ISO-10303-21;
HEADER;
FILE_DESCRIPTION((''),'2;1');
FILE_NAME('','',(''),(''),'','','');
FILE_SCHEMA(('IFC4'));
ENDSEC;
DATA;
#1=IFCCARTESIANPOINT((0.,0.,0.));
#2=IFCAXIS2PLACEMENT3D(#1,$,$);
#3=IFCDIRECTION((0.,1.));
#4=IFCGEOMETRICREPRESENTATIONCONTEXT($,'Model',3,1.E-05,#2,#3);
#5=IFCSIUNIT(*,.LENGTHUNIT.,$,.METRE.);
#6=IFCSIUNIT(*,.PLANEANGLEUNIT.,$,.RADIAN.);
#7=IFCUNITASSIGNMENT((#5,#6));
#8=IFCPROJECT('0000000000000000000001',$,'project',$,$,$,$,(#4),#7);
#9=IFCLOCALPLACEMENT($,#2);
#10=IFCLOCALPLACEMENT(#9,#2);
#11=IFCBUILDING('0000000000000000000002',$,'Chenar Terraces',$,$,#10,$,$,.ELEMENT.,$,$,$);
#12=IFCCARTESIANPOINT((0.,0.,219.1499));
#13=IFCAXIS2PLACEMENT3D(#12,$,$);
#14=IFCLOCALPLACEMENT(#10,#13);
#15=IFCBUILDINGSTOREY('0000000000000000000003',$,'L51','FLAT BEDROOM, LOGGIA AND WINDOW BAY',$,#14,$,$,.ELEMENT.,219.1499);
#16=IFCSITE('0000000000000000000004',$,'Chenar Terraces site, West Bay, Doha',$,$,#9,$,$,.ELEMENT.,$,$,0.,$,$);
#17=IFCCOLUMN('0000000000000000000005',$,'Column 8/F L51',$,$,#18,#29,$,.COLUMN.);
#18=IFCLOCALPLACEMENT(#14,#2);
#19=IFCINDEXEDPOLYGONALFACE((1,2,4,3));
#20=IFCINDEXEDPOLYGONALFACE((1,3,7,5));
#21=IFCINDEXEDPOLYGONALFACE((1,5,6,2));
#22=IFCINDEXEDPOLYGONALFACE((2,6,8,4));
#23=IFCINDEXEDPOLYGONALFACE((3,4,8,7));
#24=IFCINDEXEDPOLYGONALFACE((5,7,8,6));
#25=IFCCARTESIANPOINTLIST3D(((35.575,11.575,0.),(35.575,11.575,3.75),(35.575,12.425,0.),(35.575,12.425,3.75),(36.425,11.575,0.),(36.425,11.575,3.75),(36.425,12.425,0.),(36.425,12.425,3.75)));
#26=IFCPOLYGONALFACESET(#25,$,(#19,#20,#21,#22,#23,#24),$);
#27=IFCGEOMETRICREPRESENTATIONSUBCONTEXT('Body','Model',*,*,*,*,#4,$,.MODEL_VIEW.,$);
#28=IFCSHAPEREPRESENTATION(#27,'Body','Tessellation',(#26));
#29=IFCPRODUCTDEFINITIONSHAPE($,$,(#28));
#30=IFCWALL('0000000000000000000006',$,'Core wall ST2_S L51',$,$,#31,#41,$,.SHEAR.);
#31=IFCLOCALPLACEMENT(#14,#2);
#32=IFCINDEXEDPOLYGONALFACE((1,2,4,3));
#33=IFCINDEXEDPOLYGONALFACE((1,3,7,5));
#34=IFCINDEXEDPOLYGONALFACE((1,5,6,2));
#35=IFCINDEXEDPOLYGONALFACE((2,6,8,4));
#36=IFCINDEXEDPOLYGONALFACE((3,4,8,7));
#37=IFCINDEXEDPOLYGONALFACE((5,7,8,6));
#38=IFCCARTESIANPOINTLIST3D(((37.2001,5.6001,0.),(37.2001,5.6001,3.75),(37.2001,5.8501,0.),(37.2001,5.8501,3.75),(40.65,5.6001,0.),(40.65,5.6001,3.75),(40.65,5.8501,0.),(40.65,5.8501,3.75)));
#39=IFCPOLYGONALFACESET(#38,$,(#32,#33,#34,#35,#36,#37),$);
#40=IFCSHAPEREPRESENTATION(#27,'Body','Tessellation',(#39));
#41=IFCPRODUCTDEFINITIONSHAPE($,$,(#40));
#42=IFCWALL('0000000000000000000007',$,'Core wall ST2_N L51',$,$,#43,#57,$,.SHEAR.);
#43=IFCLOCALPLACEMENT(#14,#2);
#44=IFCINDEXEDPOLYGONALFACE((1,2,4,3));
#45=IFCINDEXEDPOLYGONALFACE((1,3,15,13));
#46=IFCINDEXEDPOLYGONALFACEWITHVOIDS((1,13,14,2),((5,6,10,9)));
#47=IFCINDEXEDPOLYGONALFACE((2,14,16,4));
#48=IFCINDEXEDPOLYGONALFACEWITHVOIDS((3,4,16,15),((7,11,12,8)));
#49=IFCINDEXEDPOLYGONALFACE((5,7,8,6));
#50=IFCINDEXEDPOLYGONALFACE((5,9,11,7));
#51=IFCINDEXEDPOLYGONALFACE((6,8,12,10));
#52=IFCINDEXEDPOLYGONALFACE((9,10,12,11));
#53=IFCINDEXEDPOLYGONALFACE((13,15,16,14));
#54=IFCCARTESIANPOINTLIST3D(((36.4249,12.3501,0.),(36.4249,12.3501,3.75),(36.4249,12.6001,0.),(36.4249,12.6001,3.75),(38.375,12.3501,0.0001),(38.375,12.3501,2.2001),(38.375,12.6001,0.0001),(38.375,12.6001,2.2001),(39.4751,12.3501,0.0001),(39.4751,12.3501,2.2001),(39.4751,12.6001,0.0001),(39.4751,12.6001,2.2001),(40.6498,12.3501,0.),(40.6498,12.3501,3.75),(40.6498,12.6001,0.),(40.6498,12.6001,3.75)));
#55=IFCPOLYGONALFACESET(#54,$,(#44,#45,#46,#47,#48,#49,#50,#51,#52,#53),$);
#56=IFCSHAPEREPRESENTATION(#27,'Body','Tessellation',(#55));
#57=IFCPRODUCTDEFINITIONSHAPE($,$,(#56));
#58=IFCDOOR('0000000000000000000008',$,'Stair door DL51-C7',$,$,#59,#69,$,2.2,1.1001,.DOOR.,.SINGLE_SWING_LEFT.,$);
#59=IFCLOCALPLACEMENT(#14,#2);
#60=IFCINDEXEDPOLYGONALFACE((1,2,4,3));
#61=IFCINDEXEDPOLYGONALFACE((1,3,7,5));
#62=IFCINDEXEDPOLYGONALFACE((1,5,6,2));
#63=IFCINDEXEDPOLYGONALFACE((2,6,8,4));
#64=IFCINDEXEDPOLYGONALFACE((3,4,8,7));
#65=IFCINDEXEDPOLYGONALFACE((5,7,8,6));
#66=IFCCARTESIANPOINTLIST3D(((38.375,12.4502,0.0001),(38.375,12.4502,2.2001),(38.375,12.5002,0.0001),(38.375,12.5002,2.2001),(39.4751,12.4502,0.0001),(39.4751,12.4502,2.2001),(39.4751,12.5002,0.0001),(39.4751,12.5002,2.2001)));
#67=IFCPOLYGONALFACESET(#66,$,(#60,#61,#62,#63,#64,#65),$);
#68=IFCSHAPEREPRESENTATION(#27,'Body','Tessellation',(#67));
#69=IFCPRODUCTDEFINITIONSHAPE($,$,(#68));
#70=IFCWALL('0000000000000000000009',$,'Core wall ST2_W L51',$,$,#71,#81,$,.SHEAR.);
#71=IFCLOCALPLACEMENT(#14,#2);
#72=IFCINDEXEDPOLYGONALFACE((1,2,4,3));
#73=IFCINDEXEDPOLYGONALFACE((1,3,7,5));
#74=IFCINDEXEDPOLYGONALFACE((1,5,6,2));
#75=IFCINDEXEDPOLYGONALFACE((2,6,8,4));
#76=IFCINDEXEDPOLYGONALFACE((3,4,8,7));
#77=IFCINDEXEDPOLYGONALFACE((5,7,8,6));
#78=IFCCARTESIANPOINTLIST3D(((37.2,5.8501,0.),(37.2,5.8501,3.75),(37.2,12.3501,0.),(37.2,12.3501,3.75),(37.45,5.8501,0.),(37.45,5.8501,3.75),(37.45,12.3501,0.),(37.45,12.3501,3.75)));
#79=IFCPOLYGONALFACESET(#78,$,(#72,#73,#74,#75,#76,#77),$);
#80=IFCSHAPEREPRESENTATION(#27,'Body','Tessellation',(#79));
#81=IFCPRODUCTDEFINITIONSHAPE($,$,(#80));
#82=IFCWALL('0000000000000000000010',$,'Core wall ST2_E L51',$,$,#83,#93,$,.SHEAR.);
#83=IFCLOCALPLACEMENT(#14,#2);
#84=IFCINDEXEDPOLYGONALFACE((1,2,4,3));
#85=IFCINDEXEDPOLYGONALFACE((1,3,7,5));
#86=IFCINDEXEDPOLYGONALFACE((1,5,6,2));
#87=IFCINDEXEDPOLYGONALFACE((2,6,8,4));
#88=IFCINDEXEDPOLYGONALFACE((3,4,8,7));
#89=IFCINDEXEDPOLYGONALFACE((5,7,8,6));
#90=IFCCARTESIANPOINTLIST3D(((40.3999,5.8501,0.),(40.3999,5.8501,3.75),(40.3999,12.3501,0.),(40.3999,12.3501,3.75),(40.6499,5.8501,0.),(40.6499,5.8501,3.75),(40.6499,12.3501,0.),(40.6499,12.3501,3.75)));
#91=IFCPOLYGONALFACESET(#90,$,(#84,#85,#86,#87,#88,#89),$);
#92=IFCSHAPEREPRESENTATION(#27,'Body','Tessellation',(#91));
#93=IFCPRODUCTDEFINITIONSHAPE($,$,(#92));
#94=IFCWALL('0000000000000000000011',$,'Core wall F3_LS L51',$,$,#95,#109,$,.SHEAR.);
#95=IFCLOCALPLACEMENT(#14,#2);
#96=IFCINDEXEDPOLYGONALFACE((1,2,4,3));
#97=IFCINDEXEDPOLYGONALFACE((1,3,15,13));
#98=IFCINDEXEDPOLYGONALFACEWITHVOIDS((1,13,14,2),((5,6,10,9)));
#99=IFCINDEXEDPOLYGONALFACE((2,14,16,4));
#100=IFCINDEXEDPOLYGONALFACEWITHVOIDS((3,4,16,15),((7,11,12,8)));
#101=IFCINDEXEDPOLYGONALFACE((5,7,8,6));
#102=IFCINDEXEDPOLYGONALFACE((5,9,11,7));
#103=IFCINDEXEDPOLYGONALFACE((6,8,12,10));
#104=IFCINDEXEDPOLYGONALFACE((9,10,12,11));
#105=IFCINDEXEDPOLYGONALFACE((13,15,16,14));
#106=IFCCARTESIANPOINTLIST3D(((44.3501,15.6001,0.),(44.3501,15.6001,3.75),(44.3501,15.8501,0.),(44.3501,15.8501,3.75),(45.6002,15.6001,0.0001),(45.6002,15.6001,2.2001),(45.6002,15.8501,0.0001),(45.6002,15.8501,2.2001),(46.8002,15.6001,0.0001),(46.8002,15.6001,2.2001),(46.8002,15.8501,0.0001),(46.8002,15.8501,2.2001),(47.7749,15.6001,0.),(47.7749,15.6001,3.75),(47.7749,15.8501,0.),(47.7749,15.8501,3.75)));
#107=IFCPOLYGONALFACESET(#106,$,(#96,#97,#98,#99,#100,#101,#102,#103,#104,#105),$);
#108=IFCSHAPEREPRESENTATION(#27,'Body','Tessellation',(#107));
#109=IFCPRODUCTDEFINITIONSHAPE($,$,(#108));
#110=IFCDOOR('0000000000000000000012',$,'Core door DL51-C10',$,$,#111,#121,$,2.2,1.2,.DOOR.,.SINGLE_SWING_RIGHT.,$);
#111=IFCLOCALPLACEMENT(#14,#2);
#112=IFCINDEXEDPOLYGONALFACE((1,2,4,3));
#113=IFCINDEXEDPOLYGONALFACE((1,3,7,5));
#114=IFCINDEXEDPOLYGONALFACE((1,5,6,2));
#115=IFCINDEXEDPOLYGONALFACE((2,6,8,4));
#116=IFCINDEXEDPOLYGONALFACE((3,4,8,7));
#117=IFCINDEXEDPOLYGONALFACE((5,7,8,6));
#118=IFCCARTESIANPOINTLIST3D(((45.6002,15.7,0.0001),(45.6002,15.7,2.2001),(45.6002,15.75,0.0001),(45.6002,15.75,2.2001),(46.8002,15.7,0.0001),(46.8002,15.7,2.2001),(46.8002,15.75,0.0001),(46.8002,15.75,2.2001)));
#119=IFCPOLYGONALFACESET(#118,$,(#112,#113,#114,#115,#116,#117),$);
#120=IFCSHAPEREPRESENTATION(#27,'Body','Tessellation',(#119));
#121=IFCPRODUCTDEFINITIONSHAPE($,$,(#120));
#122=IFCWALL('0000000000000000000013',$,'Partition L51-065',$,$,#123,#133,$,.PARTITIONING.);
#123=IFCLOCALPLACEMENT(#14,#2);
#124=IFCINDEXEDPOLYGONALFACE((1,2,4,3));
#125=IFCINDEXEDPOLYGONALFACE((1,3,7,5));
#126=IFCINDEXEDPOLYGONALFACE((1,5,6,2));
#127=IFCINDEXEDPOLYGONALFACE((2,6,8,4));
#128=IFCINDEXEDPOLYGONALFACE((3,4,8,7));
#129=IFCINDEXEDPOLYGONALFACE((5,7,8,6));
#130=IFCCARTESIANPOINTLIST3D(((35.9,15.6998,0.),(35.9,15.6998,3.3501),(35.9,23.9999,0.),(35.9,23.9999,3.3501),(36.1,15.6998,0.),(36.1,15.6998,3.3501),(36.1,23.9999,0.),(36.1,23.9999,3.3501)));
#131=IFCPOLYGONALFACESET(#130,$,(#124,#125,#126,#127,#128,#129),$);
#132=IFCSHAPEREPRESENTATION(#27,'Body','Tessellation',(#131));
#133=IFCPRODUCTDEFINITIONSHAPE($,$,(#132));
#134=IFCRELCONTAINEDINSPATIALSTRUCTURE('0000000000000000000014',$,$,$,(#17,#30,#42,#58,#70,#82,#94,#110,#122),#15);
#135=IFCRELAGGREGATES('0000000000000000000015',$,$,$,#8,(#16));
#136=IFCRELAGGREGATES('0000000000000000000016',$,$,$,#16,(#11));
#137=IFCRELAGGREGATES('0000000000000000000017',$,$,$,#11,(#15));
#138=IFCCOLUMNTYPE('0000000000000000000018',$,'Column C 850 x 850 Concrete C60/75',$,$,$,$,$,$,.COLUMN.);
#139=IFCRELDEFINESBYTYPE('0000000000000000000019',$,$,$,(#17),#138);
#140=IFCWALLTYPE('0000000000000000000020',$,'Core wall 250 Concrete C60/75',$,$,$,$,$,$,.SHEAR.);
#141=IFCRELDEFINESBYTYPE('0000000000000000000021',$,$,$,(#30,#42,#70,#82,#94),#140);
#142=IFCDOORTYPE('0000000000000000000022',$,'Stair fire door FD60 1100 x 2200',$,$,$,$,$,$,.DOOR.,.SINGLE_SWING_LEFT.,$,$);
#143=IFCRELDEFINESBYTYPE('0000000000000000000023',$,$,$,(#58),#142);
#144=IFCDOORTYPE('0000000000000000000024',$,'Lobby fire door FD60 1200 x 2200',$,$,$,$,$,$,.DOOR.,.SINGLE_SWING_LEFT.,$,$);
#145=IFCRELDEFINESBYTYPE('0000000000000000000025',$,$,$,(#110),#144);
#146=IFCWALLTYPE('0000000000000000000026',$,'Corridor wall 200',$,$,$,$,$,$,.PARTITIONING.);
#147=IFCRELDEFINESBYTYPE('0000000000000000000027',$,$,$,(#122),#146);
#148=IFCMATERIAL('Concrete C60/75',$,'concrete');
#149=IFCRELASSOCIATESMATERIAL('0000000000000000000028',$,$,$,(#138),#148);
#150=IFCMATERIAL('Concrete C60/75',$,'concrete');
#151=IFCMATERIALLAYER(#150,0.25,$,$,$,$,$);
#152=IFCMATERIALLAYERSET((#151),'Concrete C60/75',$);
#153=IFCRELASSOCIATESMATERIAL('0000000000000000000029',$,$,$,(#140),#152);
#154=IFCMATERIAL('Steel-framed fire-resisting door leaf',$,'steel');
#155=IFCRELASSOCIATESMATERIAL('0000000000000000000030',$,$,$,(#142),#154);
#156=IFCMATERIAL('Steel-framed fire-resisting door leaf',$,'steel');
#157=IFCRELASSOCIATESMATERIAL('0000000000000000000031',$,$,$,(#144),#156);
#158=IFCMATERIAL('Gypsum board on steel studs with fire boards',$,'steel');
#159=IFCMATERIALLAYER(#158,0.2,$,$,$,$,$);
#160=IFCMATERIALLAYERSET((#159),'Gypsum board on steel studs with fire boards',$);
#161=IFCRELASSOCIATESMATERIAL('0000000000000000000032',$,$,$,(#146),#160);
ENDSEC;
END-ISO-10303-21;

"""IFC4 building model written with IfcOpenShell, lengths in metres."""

from ifc_helpers import new_model, si_unit, direction, frame, frame_2d, origin, origin_2d, place, context, subcontext, project, spatial, rectangle, extrude, material, layer, layer_set, material_profile, profile_set, type_object, element, fill, save


model = new_model("IFC4")

# Units and contexts
model_context = context("Model", 3, precision=1e-05, world=origin(), true_north=direction((0.0, 1.0)))
body_context = subcontext(model_context, "Body", "Model", "MODEL_VIEW")
ifc_project = project(units=[si_unit("LENGTHUNIT", "METRE"), si_unit("PLANEANGLEUNIT", "RADIAN")], contexts=[model_context])

# Site, building, storey
site_placement = place(None, origin())
site = spatial("IfcSite", under=ifc_project, at=site_placement, Name="Chenar Terraces site, West Bay, Doha", CompositionType="ELEMENT", RefElevation=0.0)
building_placement = place(site_placement, origin())
building = spatial("IfcBuilding", under=site, at=building_placement, Name="Chenar Terraces", CompositionType="ELEMENT")
storey_placement = place(building_placement, frame((0.0, 0.0, 219.1499)))
storey = spatial("IfcBuildingStorey", under=building, at=storey_placement, Name="L51", Description="FLAT BEDROOM, LOGGIA AND WINDOW BAY", CompositionType="ELEMENT", Elevation=219.1499)

# Column
ifc_material_1 = material(Name="Concrete C60/75", Category="concrete")
ifc_material_profile_1 = material_profile(ifc_material_1, rectangle(XDim=0.8501, YDim=0.8501, at=origin_2d()), Name="C 850 x 850")
ifc_profile_set_1 = profile_set([ifc_material_profile_1], Name="Concrete C60/75")
column_type = type_object("IfcColumnType", Name="Column C 850 x 850 Concrete C60/75", PredefinedType="COLUMN", material=ifc_profile_set_1)
column_placement = place(storey_placement, frame((36.0, 12.0, 0.0), z_axis=(0.0, 0.0, 1.0), x_axis=(1.0, 0.0, 0.0)))
element("IfcColumn", 1, at=column_placement, inside=storey, type_object=column_type, Name="Column 8/F L51", PredefinedType="COLUMN", context=body_context, shape_type="SweptSolid", body=[
    extrude(rectangle(XDim=0.8501, YDim=0.8501, at=origin_2d()), origin(), (0.0, 0.0, 1.0), 3.75),
])

# Wall
ifc_material_2 = material(Name="Concrete C60/75", Category="concrete")
ifc_layer_1 = layer(ifc_material_2, 0.25)
ifc_layer_set_1 = layer_set([ifc_layer_1], Name="Concrete C60/75")
wall_type_1 = type_object("IfcWallType", Name="Core wall 250 Concrete C60/75", PredefinedType="SHEAR", material=ifc_layer_set_1)
wall_1_placement = place(storey_placement, frame((37.2, 5.7251, 0.0), z_axis=(0.0, 0.0, 1.0), x_axis=(1.0, 0.0, 0.0)))
element("IfcWall", 2, at=wall_1_placement, inside=storey, type_object=wall_type_1, Name="Core wall ST2_S L51", PredefinedType="SHEAR", context=body_context, shape_type="SweptSolid", body=[
    extrude(rectangle(XDim=3.45, YDim=0.25, at=frame_2d((1.7251, 0.0))), origin(), (0.0, 0.0, 1.0), 3.75),
])

# Wall, opening, door
wall_2_placement = place(storey_placement, frame((36.425, 12.4751, 0.0), z_axis=(0.0, 0.0, 1.0), x_axis=(1.0, 0.0, 0.0)))
wall_2 = element("IfcWall", 3, at=wall_2_placement, inside=storey, type_object=wall_type_1, Name="Core wall ST2_N L51", PredefinedType="SHEAR", context=body_context, shape_type="SweptSolid", body=[
    extrude(rectangle(XDim=4.2249, YDim=0.25, at=frame_2d((2.1123, 0.0))), origin(), (0.0, 0.0, 1.0), 3.75),
])
opening_1_placement = place(wall_2_placement, frame((1.95, 0.0, 0.0)))
opening_1 = element("IfcOpeningElement", 4, at=opening_1_placement, cuts=wall_2, PredefinedType="OPENING", context=body_context, shape_type="SweptSolid", body=[
    extrude(rectangle(XDim=1.1001, YDim=2.2, at=frame_2d((0.55, 1.1001))), frame((0.0, 0.135, 0.0), z_axis=(0.0, -1.0, 0.0), x_axis=(1.0, 0.0, 0.0)), (0.0, 0.0, 1.0), 0.27),
])
ifc_material_3 = material(Name="Steel-framed fire-resisting door leaf", Category="steel")
door_type_1 = type_object("IfcDoorType", Name="Stair fire door FD60 1100 x 2200", OperationType="SINGLE_SWING_LEFT", PredefinedType="DOOR", material=ifc_material_3)
door_1_placement = place(opening_1_placement, frame((1.1001, 0.0, 0.0), z_axis=(0.0, 0.0, 1.0), x_axis=(-1.0, 0.0, 0.0)))
door_1 = element("IfcDoor", 5, at=door_1_placement, inside=storey, type_object=door_type_1, Name="Stair door DL51-C7", OperationType="SINGLE_SWING_LEFT", OverallHeight=2.2, OverallWidth=1.1001, PredefinedType="DOOR", context=body_context, shape_type="SweptSolid", body=[
    extrude(rectangle(XDim=1.1001, YDim=2.2, at=frame_2d((0.55, 1.1001))), frame((0.0, 0.0249, 0.0), z_axis=(0.0, -1.0, 0.0), x_axis=(1.0, 0.0, 0.0)), (0.0, 0.0, 1.0), 0.05),
])
fill(opening_1, door_1)

# Walls
for number, where, z_axis, x_axis, name in (
    (6, (37.325, 5.8501, 0.0), (0.0, 0.0, 1.0), (0.0, 1.0, 0.0), "Core wall ST2_W L51"),
    (7, (40.5249, 5.8501, 0.0), (0.0, 0.0, 1.0), (0.0, 1.0, 0.0), "Core wall ST2_E L51"),
):
    element("IfcWall", number, at=place(storey_placement, frame(where, z_axis=z_axis, x_axis=x_axis)), inside=storey, type_object=wall_type_1, Name=name, PredefinedType="SHEAR", context=body_context, shape_type="SweptSolid", body=[
        extrude(rectangle(XDim=6.5, YDim=0.25, at=frame_2d((3.25, 0.0))), origin(), (0.0, 0.0, 1.0), 3.75),
    ])

# Wall, opening, door
wall_3_placement = place(storey_placement, frame((44.3501, 15.7251, 0.0), z_axis=(0.0, 0.0, 1.0), x_axis=(1.0, 0.0, 0.0)))
wall_3 = element("IfcWall", 8, at=wall_3_placement, inside=storey, type_object=wall_type_1, Name="Core wall F3_LS L51", PredefinedType="SHEAR", context=body_context, shape_type="SweptSolid", body=[
    extrude(rectangle(XDim=3.4248, YDim=0.25, at=frame_2d((1.7124, 0.0))), origin(), (0.0, 0.0, 1.0), 3.75),
])
opening_2_placement = place(wall_3_placement, frame((1.25, 0.0, 0.0)))
opening_2 = element("IfcOpeningElement", 9, at=opening_2_placement, cuts=wall_3, PredefinedType="OPENING", context=body_context, shape_type="SweptSolid", body=[
    extrude(rectangle(XDim=1.2, YDim=2.2, at=frame_2d((0.6001, 1.1001))), frame((0.0, 0.135, 0.0), z_axis=(0.0, -1.0, 0.0), x_axis=(1.0, 0.0, 0.0)), (0.0, 0.0, 1.0), 0.27),
])
ifc_material_4 = material(Name="Steel-framed fire-resisting door leaf", Category="steel")
door_type_2 = type_object("IfcDoorType", Name="Lobby fire door FD60 1200 x 2200", OperationType="SINGLE_SWING_LEFT", PredefinedType="DOOR", material=ifc_material_4)
door_2_placement = place(opening_2_placement, origin())
door_2 = element("IfcDoor", 10, at=door_2_placement, inside=storey, type_object=door_type_2, Name="Core door DL51-C10", OperationType="SINGLE_SWING_RIGHT", OverallHeight=2.2, OverallWidth=1.2, PredefinedType="DOOR", context=body_context, shape_type="SweptSolid", body=[
    extrude(rectangle(XDim=1.2, YDim=2.2, at=frame_2d((0.6001, 1.1001))), frame((0.0, 0.0249, 0.0), z_axis=(0.0, -1.0, 0.0), x_axis=(1.0, 0.0, 0.0)), (0.0, 0.0, 1.0), 0.05),
])
fill(opening_2, door_2)

# Wall
ifc_material_5 = material(Name="Gypsum board on steel studs with fire boards", Category="steel")
ifc_layer_2 = layer(ifc_material_5, 0.2)
ifc_layer_set_2 = layer_set([ifc_layer_2], Name="Gypsum board on steel studs with fire boards")
wall_type_2 = type_object("IfcWallType", Name="Corridor wall 200", PredefinedType="PARTITIONING", material=ifc_layer_set_2)
wall_4_placement = place(storey_placement, frame((36.0, 15.7, 0.0), z_axis=(0.0, 0.0, 1.0), x_axis=(0.0, 1.0, 0.0)))
element("IfcWall", 11, at=wall_4_placement, inside=storey, type_object=wall_type_2, Name="Partition L51-065", PredefinedType="PARTITIONING", context=body_context, shape_type="SweptSolid", body=[
    extrude(rectangle(XDim=8.3, YDim=0.2, at=frame_2d((4.1499, 0.0))), origin(), (0.0, 0.0, 1.0), 3.3501),
])

save(model, "model.ifc")
